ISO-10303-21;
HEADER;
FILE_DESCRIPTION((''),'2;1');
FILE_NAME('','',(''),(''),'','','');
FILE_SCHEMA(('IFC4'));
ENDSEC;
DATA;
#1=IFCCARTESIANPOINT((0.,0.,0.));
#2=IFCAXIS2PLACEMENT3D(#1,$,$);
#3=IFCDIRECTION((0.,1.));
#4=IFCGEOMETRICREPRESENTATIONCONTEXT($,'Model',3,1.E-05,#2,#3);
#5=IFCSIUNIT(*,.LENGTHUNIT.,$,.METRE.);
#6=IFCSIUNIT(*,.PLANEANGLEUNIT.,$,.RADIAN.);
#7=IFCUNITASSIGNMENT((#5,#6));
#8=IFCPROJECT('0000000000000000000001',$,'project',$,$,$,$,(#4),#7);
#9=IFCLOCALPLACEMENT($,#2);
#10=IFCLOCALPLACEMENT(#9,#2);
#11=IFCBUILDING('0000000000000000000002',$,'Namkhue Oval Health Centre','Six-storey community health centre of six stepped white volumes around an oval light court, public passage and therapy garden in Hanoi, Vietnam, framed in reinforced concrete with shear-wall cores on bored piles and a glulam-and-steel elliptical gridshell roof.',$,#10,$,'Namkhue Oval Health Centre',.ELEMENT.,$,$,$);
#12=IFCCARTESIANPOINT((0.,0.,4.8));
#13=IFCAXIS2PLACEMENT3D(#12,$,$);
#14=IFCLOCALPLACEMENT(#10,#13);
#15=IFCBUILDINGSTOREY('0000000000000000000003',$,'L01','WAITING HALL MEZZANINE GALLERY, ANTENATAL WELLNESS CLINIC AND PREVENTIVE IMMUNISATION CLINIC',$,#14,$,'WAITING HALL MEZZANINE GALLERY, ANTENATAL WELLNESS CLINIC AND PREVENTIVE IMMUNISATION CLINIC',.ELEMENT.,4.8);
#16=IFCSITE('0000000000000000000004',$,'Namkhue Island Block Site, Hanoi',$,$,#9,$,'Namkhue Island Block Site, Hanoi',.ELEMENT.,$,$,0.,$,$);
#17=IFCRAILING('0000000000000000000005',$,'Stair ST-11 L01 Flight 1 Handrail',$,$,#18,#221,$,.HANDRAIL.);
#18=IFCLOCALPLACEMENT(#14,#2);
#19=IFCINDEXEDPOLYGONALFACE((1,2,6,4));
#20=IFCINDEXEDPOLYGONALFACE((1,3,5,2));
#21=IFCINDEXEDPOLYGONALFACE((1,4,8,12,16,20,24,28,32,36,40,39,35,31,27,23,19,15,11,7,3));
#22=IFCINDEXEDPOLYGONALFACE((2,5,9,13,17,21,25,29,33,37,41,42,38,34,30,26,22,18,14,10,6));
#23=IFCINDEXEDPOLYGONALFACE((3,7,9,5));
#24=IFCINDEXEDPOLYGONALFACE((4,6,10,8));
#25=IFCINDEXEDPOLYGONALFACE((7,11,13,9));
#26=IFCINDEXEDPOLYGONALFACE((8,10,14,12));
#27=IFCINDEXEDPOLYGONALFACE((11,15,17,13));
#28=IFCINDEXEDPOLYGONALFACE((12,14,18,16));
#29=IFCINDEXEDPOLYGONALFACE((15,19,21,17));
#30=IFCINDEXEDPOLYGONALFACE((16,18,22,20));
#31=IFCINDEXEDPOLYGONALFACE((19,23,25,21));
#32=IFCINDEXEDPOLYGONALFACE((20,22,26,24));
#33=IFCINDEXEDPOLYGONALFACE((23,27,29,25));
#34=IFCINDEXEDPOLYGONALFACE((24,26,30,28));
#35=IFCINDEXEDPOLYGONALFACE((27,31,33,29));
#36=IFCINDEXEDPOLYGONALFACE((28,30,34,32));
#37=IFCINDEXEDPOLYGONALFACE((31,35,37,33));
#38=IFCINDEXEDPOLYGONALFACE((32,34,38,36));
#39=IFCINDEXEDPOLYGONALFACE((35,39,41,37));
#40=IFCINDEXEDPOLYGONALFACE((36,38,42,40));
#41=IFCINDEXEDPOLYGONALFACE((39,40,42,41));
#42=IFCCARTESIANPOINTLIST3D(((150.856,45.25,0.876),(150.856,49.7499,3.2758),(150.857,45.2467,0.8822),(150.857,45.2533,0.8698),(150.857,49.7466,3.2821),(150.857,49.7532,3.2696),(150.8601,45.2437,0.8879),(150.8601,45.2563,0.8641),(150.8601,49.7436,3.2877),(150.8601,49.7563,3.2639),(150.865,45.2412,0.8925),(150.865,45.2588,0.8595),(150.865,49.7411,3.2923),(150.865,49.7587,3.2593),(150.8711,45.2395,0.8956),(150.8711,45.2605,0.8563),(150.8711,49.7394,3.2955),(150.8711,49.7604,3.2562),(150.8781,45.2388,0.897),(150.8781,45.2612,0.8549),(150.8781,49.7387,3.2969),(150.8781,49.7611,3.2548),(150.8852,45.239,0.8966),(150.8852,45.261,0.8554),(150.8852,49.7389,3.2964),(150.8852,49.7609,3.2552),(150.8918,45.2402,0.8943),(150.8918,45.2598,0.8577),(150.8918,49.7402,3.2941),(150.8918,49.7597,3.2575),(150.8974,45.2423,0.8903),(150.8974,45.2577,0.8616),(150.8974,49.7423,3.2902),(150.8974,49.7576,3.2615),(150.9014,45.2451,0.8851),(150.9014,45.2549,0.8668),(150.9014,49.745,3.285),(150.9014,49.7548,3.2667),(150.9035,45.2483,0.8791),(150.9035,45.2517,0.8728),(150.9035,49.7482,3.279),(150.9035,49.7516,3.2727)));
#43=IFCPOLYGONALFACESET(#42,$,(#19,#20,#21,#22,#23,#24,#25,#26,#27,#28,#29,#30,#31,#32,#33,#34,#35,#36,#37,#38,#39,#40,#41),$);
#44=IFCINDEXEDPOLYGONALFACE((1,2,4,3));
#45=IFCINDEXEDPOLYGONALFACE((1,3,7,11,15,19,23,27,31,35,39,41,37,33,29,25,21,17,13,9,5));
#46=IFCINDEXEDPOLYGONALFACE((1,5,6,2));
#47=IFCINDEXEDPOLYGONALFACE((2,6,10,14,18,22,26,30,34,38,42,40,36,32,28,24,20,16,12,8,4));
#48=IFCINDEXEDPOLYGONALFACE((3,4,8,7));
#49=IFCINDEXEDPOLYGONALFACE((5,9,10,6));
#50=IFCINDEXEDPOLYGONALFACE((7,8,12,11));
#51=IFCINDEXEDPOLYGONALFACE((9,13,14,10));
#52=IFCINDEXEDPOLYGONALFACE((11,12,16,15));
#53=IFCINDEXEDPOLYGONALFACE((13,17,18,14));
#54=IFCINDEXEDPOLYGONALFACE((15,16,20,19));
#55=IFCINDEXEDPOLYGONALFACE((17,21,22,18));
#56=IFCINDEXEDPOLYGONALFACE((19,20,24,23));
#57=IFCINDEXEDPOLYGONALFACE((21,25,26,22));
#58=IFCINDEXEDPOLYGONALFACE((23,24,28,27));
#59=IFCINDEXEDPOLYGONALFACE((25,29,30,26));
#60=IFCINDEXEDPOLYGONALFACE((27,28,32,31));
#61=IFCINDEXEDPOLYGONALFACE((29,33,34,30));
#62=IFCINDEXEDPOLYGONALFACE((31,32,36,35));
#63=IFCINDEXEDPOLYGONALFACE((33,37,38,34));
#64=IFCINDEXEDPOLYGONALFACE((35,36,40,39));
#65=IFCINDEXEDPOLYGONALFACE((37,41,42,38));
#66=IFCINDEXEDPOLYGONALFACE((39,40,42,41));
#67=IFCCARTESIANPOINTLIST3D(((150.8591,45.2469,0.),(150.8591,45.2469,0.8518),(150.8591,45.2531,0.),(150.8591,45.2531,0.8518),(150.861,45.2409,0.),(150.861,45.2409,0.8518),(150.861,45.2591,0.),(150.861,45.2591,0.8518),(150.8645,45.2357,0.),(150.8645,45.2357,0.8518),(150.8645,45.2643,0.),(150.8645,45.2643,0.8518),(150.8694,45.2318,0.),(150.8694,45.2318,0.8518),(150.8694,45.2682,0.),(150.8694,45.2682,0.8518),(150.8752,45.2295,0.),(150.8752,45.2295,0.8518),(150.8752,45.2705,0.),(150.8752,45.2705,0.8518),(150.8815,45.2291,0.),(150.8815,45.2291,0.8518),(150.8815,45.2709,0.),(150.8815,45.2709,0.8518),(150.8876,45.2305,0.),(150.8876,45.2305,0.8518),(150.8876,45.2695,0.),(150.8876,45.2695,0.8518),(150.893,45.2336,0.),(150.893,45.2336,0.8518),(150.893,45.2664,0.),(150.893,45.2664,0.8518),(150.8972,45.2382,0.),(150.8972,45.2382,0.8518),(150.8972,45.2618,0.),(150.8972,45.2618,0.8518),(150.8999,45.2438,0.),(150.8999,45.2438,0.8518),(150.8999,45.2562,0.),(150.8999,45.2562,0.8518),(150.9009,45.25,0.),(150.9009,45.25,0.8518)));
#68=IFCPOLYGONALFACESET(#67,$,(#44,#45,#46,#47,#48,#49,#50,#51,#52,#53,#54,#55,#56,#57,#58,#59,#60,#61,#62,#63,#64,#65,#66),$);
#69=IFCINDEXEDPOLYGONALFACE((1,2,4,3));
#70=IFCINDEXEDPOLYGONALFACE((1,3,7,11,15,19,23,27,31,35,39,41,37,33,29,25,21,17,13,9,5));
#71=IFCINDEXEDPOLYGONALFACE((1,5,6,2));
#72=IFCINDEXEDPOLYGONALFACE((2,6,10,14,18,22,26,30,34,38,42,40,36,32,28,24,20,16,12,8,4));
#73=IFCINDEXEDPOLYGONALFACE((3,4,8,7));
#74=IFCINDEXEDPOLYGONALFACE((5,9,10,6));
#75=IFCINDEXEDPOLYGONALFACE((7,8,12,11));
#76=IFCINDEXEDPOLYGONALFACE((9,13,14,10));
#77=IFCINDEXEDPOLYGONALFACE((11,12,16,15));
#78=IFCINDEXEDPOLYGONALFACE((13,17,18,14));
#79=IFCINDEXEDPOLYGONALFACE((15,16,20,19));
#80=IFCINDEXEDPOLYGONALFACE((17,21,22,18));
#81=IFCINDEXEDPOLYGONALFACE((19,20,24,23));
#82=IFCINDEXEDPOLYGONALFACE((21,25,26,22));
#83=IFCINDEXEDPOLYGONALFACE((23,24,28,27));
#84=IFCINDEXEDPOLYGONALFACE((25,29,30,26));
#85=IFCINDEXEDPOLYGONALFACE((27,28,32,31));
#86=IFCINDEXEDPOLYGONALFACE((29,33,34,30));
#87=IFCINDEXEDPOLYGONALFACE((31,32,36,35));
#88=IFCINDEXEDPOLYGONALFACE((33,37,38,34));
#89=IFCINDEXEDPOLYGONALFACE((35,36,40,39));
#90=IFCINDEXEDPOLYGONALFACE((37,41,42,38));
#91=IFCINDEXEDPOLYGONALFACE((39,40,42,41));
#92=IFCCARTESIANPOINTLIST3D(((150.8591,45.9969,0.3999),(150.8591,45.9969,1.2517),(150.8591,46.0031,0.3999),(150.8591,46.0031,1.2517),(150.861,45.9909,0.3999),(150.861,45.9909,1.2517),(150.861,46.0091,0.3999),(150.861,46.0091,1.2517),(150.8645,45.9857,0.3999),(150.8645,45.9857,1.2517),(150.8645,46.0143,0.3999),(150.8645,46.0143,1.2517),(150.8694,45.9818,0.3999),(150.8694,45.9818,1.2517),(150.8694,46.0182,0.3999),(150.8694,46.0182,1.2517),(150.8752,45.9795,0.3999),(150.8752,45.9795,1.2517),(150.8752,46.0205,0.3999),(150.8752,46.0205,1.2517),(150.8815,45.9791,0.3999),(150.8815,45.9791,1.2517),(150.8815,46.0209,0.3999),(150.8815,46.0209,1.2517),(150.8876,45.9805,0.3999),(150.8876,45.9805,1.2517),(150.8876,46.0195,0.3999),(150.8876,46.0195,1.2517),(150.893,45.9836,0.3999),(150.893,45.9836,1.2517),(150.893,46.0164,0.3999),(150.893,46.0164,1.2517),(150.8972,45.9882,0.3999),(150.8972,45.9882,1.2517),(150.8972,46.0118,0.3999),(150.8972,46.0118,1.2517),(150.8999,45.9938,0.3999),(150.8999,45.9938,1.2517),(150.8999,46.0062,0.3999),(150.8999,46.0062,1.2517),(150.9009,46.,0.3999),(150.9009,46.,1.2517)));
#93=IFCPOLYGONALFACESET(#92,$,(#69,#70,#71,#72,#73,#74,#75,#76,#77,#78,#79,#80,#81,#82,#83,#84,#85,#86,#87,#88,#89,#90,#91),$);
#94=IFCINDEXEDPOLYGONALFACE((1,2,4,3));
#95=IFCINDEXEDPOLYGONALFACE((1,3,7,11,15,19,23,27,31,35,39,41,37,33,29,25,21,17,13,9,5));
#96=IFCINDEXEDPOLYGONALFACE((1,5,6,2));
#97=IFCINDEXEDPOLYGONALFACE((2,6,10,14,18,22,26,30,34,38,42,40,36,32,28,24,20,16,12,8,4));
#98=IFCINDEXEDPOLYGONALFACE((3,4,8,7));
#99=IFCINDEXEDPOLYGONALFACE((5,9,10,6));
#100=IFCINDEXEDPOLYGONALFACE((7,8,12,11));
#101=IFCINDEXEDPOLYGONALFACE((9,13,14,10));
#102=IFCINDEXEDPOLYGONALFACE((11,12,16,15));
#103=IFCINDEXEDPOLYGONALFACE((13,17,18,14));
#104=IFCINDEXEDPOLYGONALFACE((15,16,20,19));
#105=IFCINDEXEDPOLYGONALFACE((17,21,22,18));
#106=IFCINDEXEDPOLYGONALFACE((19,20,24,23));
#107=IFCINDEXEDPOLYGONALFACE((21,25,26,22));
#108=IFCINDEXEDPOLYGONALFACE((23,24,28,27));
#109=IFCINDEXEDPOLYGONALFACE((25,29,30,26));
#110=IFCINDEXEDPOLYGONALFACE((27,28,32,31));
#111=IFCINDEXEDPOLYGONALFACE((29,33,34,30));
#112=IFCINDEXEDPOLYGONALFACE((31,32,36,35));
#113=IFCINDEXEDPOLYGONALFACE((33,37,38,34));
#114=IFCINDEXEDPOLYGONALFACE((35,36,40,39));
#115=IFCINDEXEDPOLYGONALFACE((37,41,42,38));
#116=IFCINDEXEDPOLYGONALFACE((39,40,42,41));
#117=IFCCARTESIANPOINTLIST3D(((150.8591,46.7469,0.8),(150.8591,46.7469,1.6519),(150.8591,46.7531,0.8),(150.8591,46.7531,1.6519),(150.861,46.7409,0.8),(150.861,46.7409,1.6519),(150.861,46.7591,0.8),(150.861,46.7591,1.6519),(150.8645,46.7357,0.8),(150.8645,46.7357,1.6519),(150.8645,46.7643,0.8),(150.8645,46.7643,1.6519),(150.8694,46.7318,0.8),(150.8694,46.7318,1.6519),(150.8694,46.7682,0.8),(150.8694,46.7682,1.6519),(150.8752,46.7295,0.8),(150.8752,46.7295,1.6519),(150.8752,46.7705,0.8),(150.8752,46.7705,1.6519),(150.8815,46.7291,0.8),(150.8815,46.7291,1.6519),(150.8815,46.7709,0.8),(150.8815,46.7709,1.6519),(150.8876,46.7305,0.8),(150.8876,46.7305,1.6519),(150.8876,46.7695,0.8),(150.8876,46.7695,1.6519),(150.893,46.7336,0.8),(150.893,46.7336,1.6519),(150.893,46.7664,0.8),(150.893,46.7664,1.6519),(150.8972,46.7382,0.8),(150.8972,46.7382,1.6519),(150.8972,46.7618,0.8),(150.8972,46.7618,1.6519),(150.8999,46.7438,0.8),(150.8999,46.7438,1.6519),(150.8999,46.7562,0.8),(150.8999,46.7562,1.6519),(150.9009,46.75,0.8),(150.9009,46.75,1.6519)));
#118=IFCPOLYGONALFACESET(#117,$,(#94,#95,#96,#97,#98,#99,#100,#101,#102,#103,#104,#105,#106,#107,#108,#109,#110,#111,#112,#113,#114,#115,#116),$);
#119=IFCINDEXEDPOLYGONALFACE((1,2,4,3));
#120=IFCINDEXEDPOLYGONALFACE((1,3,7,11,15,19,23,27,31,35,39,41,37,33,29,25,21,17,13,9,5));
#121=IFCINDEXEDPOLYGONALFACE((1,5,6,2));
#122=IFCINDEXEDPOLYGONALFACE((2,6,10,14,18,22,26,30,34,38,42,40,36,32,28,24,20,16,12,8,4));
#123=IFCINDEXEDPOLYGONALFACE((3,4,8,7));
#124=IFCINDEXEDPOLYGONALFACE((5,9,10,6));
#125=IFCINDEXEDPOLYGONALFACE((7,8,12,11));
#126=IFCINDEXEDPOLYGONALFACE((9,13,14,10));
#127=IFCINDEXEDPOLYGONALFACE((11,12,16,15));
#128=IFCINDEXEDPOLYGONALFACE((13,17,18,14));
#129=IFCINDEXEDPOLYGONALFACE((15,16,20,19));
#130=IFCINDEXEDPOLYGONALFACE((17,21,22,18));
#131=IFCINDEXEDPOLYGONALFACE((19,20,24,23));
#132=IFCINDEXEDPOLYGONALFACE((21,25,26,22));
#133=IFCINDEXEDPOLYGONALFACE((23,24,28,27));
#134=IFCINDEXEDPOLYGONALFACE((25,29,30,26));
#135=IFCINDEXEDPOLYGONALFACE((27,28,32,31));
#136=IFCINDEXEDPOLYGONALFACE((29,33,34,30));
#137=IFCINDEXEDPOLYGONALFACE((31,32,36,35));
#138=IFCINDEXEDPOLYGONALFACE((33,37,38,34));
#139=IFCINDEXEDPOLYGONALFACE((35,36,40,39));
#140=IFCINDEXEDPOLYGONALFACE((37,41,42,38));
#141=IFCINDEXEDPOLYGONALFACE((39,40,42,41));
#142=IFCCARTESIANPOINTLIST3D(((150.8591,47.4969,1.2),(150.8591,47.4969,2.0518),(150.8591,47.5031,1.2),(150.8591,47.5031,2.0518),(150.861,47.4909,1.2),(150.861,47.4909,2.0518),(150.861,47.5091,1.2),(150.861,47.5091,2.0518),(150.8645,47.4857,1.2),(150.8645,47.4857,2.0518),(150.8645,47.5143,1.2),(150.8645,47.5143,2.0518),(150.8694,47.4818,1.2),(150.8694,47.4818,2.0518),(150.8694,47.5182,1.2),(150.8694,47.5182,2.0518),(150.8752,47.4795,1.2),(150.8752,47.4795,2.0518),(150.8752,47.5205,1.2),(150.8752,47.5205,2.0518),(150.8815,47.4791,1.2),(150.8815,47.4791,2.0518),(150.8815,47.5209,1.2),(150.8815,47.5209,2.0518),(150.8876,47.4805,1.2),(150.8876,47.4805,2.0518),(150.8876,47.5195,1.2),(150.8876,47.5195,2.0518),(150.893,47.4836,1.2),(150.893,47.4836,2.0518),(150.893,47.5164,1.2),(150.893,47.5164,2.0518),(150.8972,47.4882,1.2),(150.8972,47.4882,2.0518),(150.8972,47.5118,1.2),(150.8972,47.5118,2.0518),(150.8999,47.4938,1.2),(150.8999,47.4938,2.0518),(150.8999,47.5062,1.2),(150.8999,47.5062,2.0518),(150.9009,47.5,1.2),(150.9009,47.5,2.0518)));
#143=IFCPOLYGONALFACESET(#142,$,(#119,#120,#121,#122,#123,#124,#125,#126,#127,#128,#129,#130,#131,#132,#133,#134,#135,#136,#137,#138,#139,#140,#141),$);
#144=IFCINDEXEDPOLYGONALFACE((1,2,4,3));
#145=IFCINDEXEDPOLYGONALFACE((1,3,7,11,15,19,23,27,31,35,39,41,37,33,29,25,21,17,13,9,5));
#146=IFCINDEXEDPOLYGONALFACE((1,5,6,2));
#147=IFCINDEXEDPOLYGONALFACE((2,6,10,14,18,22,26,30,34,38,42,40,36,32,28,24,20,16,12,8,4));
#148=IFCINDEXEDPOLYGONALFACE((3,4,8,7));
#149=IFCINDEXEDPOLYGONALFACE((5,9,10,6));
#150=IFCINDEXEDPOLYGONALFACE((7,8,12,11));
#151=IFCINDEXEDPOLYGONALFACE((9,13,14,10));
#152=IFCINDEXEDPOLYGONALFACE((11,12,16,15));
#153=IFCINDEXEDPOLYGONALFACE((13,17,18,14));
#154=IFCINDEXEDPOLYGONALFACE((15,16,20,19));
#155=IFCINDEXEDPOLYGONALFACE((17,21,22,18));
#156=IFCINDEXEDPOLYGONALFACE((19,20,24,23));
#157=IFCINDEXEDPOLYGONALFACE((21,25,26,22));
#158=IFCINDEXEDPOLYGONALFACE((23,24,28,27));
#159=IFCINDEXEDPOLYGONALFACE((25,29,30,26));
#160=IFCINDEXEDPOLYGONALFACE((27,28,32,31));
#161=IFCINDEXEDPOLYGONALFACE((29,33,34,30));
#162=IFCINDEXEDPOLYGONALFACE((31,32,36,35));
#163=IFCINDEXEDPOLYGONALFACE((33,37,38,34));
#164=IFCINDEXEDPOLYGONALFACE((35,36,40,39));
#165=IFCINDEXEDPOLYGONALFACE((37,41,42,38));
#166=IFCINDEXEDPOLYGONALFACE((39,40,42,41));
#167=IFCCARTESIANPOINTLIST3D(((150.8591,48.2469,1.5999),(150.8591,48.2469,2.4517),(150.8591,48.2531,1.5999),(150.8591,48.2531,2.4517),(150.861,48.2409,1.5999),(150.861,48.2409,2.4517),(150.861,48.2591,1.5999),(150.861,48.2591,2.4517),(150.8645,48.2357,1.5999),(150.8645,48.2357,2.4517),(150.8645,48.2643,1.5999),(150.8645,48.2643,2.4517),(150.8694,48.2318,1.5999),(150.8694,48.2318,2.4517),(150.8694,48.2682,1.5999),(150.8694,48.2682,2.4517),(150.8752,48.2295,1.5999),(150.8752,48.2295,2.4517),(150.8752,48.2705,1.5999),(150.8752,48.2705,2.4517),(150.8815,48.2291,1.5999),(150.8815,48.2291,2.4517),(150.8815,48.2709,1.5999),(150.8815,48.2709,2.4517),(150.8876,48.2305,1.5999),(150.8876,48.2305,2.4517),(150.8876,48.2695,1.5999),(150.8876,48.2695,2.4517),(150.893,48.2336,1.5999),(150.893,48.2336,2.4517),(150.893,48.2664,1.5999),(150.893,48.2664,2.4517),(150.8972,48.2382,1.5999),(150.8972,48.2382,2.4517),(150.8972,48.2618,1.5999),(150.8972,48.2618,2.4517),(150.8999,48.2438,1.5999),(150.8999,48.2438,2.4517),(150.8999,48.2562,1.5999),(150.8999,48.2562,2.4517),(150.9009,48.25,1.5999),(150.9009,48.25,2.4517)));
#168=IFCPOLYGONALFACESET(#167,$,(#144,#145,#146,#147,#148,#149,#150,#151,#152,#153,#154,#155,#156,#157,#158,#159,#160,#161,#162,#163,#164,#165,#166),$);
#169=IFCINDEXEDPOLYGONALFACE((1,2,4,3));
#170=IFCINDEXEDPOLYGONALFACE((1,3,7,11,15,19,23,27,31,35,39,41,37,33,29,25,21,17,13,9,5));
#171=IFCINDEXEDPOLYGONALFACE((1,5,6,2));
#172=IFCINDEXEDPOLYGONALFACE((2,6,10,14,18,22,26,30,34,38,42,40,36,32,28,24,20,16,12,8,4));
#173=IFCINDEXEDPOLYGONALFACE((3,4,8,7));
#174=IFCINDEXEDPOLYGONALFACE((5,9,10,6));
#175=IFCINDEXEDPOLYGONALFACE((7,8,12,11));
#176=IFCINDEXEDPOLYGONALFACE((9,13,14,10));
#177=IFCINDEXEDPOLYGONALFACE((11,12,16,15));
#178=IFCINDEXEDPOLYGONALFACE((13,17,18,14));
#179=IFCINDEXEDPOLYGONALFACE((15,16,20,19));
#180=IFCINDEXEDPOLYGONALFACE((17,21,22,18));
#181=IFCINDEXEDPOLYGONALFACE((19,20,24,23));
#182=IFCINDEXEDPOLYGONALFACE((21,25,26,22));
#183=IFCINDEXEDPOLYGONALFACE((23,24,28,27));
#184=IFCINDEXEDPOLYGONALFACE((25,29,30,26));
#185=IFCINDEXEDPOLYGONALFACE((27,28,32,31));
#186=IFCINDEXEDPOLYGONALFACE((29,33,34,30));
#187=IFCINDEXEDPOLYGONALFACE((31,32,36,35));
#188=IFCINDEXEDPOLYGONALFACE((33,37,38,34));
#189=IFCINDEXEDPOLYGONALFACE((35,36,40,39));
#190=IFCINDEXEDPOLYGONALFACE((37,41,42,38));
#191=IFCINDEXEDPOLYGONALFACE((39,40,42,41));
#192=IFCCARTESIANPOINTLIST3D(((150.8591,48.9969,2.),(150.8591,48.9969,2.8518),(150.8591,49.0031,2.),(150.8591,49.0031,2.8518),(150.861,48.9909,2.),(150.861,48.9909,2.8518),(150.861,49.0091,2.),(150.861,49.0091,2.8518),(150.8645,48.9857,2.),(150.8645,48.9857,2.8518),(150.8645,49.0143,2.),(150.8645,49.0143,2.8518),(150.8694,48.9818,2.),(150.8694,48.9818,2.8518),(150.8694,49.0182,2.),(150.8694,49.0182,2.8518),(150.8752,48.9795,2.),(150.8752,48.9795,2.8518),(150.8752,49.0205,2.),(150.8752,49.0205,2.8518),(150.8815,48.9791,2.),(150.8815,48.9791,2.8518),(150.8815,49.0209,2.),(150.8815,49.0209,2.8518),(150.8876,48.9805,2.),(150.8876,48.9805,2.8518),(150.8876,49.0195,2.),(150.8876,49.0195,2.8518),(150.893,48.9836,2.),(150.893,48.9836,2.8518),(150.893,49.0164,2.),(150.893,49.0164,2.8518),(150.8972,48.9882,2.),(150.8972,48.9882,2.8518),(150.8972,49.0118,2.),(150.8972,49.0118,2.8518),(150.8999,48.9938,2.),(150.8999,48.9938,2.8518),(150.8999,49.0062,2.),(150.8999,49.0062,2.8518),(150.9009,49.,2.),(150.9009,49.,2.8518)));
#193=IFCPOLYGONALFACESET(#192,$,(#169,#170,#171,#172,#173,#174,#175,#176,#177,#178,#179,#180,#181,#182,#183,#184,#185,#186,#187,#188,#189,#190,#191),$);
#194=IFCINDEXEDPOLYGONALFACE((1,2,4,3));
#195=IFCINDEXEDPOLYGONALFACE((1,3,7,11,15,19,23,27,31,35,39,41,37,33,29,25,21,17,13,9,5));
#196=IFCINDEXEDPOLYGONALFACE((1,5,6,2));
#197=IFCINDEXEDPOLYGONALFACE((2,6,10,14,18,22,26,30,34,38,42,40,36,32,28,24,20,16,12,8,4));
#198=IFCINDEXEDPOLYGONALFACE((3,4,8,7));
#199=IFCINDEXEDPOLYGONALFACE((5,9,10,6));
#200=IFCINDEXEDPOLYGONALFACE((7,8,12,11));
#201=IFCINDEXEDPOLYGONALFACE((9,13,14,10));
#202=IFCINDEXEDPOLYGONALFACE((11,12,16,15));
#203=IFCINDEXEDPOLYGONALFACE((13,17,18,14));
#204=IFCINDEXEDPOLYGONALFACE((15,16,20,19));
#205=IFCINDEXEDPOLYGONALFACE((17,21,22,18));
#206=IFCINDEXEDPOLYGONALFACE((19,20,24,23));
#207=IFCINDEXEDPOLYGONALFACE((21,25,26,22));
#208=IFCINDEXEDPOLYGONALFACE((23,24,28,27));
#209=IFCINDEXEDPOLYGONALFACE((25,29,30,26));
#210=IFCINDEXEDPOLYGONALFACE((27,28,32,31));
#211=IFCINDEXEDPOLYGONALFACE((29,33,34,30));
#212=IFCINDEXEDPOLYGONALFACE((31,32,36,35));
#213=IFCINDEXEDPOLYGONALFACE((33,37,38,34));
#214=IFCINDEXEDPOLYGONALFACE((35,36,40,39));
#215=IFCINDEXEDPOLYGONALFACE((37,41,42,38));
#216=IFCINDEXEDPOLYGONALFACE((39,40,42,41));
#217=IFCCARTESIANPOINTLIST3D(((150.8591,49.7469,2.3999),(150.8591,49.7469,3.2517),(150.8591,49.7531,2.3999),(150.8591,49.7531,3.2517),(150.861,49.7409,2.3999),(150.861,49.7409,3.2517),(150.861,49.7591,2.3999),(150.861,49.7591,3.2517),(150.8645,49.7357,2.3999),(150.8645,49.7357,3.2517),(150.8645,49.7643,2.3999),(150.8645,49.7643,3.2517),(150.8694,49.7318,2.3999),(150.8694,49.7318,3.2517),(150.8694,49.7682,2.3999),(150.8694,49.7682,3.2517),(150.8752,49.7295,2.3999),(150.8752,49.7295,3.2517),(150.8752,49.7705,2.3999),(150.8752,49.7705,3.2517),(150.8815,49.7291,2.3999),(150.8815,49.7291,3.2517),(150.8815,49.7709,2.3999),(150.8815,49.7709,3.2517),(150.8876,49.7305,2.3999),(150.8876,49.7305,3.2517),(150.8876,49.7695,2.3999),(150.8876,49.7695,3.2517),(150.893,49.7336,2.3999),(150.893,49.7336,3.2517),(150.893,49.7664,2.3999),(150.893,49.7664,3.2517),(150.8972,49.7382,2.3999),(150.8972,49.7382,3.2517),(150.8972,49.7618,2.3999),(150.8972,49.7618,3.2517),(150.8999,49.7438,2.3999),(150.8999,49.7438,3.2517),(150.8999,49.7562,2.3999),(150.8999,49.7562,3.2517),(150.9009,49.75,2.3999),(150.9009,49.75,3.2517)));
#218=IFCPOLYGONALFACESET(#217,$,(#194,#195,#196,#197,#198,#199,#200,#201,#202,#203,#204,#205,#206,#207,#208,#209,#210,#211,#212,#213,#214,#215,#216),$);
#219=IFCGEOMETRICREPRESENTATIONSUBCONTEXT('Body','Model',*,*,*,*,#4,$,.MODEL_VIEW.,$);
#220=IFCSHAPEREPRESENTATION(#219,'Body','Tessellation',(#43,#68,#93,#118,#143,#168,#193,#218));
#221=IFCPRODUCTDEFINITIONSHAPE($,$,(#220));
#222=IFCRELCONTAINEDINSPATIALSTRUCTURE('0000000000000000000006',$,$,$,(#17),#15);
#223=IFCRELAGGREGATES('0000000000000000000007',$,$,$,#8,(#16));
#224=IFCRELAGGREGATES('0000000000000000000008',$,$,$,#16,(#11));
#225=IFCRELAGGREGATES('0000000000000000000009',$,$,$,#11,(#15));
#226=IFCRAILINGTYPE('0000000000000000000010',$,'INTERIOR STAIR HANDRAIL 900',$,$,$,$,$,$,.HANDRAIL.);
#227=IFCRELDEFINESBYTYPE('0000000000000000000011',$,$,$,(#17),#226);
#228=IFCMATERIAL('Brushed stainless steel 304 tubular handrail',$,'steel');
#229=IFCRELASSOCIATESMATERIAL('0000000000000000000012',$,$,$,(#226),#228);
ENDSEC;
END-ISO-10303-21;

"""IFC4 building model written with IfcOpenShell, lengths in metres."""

from ifc_helpers import new_model, si_unit, direction, frame, origin, origin_2d, place, context, subcontext, project, spatial, circle, extrude, material, type_object, element, save


model = new_model("IFC4")

# Units and contexts
model_context = context("Model", 3, precision=1e-05, world=origin(), true_north=direction((0.0, 1.0)))
body_context = subcontext(model_context, "Body", "Model", "MODEL_VIEW")
ifc_project = project(units=[si_unit("LENGTHUNIT", "METRE"), si_unit("PLANEANGLEUNIT", "RADIAN")], contexts=[model_context])

# Site, building, storey
site_placement = place(None, origin())
site = spatial("IfcSite", under=ifc_project, at=site_placement, Name="Namkhue Island Block Site, Hanoi", LongName="Namkhue Island Block Site, Hanoi", CompositionType="ELEMENT", RefElevation=0.0)
building_placement = place(site_placement, origin())
building = spatial("IfcBuilding", under=site, at=building_placement, Name="Namkhue Oval Health Centre", Description="Six-storey community health centre of six stepped white volumes around an oval light court, public passage and therapy garden in Hanoi, Vietnam, framed in reinforced concrete with shear-wall cores on bored piles and a glulam-and-steel elliptical gridshell roof.", LongName="Namkhue Oval Health Centre", CompositionType="ELEMENT")
storey_placement = place(building_placement, frame((0.0, 0.0, 4.8)))
storey = spatial("IfcBuildingStorey", under=building, at=storey_placement, Name="L01", Description="WAITING HALL MEZZANINE GALLERY, ANTENATAL WELLNESS CLINIC AND PREVENTIVE IMMUNISATION CLINIC", LongName="WAITING HALL MEZZANINE GALLERY, ANTENATAL WELLNESS CLINIC AND PREVENTIVE IMMUNISATION CLINIC", CompositionType="ELEMENT", Elevation=4.8)

# Railing
ifc_material_1 = material(Name="Brushed stainless steel 304 tubular handrail", Category="steel")
railing_type_1 = type_object("IfcRailingType", Name="INTERIOR STAIR HANDRAIL 900", PredefinedType="HANDRAIL", material=ifc_material_1)
railing_1_placement = place(storey_placement, frame((150.8799, 45.25, 0.0)))
element("IfcRailing", 1, at=railing_1_placement, inside=storey, type_object=railing_type_1, Name="Stair ST-11 L01 Flight 1 Handrail", PredefinedType="HANDRAIL", context=body_context, shape_type="SweptSolid", body=[
    extrude(circle(Radius=0.0239, at=origin_2d()), frame((0.0, 0.0, 0.876), z_axis=(0.0, 0.882361, 0.470573), x_axis=(-1.0, 0.0, 0.0)), (0.0, 0.0, 1.0), 5.0999),
    extrude(circle(Radius=0.021, at=origin_2d()), origin(), (0.0, 0.0, 1.0), 0.8518),
    extrude(circle(Radius=0.021, at=origin_2d()), frame((0.0, 0.75, 0.3999)), (0.0, 0.0, 1.0), 0.8518),
    extrude(circle(Radius=0.021, at=origin_2d()), frame((0.0, 1.5, 0.8)), (0.0, 0.0, 1.0), 0.8518),
    extrude(circle(Radius=0.021, at=origin_2d()), frame((0.0, 2.25, 1.2)), (0.0, 0.0, 1.0), 0.8518),
    extrude(circle(Radius=0.021, at=origin_2d()), frame((0.0, 3.0, 1.5999)), (0.0, 0.0, 1.0), 0.8518),
    extrude(circle(Radius=0.021, at=origin_2d()), frame((0.0, 3.75, 2.0)), (0.0, 0.0, 1.0), 0.8518),
    extrude(circle(Radius=0.021, at=origin_2d()), frame((0.0, 4.5, 2.3999)), (0.0, 0.0, 1.0), 0.8518),
])

save(model, "model.ifc")
